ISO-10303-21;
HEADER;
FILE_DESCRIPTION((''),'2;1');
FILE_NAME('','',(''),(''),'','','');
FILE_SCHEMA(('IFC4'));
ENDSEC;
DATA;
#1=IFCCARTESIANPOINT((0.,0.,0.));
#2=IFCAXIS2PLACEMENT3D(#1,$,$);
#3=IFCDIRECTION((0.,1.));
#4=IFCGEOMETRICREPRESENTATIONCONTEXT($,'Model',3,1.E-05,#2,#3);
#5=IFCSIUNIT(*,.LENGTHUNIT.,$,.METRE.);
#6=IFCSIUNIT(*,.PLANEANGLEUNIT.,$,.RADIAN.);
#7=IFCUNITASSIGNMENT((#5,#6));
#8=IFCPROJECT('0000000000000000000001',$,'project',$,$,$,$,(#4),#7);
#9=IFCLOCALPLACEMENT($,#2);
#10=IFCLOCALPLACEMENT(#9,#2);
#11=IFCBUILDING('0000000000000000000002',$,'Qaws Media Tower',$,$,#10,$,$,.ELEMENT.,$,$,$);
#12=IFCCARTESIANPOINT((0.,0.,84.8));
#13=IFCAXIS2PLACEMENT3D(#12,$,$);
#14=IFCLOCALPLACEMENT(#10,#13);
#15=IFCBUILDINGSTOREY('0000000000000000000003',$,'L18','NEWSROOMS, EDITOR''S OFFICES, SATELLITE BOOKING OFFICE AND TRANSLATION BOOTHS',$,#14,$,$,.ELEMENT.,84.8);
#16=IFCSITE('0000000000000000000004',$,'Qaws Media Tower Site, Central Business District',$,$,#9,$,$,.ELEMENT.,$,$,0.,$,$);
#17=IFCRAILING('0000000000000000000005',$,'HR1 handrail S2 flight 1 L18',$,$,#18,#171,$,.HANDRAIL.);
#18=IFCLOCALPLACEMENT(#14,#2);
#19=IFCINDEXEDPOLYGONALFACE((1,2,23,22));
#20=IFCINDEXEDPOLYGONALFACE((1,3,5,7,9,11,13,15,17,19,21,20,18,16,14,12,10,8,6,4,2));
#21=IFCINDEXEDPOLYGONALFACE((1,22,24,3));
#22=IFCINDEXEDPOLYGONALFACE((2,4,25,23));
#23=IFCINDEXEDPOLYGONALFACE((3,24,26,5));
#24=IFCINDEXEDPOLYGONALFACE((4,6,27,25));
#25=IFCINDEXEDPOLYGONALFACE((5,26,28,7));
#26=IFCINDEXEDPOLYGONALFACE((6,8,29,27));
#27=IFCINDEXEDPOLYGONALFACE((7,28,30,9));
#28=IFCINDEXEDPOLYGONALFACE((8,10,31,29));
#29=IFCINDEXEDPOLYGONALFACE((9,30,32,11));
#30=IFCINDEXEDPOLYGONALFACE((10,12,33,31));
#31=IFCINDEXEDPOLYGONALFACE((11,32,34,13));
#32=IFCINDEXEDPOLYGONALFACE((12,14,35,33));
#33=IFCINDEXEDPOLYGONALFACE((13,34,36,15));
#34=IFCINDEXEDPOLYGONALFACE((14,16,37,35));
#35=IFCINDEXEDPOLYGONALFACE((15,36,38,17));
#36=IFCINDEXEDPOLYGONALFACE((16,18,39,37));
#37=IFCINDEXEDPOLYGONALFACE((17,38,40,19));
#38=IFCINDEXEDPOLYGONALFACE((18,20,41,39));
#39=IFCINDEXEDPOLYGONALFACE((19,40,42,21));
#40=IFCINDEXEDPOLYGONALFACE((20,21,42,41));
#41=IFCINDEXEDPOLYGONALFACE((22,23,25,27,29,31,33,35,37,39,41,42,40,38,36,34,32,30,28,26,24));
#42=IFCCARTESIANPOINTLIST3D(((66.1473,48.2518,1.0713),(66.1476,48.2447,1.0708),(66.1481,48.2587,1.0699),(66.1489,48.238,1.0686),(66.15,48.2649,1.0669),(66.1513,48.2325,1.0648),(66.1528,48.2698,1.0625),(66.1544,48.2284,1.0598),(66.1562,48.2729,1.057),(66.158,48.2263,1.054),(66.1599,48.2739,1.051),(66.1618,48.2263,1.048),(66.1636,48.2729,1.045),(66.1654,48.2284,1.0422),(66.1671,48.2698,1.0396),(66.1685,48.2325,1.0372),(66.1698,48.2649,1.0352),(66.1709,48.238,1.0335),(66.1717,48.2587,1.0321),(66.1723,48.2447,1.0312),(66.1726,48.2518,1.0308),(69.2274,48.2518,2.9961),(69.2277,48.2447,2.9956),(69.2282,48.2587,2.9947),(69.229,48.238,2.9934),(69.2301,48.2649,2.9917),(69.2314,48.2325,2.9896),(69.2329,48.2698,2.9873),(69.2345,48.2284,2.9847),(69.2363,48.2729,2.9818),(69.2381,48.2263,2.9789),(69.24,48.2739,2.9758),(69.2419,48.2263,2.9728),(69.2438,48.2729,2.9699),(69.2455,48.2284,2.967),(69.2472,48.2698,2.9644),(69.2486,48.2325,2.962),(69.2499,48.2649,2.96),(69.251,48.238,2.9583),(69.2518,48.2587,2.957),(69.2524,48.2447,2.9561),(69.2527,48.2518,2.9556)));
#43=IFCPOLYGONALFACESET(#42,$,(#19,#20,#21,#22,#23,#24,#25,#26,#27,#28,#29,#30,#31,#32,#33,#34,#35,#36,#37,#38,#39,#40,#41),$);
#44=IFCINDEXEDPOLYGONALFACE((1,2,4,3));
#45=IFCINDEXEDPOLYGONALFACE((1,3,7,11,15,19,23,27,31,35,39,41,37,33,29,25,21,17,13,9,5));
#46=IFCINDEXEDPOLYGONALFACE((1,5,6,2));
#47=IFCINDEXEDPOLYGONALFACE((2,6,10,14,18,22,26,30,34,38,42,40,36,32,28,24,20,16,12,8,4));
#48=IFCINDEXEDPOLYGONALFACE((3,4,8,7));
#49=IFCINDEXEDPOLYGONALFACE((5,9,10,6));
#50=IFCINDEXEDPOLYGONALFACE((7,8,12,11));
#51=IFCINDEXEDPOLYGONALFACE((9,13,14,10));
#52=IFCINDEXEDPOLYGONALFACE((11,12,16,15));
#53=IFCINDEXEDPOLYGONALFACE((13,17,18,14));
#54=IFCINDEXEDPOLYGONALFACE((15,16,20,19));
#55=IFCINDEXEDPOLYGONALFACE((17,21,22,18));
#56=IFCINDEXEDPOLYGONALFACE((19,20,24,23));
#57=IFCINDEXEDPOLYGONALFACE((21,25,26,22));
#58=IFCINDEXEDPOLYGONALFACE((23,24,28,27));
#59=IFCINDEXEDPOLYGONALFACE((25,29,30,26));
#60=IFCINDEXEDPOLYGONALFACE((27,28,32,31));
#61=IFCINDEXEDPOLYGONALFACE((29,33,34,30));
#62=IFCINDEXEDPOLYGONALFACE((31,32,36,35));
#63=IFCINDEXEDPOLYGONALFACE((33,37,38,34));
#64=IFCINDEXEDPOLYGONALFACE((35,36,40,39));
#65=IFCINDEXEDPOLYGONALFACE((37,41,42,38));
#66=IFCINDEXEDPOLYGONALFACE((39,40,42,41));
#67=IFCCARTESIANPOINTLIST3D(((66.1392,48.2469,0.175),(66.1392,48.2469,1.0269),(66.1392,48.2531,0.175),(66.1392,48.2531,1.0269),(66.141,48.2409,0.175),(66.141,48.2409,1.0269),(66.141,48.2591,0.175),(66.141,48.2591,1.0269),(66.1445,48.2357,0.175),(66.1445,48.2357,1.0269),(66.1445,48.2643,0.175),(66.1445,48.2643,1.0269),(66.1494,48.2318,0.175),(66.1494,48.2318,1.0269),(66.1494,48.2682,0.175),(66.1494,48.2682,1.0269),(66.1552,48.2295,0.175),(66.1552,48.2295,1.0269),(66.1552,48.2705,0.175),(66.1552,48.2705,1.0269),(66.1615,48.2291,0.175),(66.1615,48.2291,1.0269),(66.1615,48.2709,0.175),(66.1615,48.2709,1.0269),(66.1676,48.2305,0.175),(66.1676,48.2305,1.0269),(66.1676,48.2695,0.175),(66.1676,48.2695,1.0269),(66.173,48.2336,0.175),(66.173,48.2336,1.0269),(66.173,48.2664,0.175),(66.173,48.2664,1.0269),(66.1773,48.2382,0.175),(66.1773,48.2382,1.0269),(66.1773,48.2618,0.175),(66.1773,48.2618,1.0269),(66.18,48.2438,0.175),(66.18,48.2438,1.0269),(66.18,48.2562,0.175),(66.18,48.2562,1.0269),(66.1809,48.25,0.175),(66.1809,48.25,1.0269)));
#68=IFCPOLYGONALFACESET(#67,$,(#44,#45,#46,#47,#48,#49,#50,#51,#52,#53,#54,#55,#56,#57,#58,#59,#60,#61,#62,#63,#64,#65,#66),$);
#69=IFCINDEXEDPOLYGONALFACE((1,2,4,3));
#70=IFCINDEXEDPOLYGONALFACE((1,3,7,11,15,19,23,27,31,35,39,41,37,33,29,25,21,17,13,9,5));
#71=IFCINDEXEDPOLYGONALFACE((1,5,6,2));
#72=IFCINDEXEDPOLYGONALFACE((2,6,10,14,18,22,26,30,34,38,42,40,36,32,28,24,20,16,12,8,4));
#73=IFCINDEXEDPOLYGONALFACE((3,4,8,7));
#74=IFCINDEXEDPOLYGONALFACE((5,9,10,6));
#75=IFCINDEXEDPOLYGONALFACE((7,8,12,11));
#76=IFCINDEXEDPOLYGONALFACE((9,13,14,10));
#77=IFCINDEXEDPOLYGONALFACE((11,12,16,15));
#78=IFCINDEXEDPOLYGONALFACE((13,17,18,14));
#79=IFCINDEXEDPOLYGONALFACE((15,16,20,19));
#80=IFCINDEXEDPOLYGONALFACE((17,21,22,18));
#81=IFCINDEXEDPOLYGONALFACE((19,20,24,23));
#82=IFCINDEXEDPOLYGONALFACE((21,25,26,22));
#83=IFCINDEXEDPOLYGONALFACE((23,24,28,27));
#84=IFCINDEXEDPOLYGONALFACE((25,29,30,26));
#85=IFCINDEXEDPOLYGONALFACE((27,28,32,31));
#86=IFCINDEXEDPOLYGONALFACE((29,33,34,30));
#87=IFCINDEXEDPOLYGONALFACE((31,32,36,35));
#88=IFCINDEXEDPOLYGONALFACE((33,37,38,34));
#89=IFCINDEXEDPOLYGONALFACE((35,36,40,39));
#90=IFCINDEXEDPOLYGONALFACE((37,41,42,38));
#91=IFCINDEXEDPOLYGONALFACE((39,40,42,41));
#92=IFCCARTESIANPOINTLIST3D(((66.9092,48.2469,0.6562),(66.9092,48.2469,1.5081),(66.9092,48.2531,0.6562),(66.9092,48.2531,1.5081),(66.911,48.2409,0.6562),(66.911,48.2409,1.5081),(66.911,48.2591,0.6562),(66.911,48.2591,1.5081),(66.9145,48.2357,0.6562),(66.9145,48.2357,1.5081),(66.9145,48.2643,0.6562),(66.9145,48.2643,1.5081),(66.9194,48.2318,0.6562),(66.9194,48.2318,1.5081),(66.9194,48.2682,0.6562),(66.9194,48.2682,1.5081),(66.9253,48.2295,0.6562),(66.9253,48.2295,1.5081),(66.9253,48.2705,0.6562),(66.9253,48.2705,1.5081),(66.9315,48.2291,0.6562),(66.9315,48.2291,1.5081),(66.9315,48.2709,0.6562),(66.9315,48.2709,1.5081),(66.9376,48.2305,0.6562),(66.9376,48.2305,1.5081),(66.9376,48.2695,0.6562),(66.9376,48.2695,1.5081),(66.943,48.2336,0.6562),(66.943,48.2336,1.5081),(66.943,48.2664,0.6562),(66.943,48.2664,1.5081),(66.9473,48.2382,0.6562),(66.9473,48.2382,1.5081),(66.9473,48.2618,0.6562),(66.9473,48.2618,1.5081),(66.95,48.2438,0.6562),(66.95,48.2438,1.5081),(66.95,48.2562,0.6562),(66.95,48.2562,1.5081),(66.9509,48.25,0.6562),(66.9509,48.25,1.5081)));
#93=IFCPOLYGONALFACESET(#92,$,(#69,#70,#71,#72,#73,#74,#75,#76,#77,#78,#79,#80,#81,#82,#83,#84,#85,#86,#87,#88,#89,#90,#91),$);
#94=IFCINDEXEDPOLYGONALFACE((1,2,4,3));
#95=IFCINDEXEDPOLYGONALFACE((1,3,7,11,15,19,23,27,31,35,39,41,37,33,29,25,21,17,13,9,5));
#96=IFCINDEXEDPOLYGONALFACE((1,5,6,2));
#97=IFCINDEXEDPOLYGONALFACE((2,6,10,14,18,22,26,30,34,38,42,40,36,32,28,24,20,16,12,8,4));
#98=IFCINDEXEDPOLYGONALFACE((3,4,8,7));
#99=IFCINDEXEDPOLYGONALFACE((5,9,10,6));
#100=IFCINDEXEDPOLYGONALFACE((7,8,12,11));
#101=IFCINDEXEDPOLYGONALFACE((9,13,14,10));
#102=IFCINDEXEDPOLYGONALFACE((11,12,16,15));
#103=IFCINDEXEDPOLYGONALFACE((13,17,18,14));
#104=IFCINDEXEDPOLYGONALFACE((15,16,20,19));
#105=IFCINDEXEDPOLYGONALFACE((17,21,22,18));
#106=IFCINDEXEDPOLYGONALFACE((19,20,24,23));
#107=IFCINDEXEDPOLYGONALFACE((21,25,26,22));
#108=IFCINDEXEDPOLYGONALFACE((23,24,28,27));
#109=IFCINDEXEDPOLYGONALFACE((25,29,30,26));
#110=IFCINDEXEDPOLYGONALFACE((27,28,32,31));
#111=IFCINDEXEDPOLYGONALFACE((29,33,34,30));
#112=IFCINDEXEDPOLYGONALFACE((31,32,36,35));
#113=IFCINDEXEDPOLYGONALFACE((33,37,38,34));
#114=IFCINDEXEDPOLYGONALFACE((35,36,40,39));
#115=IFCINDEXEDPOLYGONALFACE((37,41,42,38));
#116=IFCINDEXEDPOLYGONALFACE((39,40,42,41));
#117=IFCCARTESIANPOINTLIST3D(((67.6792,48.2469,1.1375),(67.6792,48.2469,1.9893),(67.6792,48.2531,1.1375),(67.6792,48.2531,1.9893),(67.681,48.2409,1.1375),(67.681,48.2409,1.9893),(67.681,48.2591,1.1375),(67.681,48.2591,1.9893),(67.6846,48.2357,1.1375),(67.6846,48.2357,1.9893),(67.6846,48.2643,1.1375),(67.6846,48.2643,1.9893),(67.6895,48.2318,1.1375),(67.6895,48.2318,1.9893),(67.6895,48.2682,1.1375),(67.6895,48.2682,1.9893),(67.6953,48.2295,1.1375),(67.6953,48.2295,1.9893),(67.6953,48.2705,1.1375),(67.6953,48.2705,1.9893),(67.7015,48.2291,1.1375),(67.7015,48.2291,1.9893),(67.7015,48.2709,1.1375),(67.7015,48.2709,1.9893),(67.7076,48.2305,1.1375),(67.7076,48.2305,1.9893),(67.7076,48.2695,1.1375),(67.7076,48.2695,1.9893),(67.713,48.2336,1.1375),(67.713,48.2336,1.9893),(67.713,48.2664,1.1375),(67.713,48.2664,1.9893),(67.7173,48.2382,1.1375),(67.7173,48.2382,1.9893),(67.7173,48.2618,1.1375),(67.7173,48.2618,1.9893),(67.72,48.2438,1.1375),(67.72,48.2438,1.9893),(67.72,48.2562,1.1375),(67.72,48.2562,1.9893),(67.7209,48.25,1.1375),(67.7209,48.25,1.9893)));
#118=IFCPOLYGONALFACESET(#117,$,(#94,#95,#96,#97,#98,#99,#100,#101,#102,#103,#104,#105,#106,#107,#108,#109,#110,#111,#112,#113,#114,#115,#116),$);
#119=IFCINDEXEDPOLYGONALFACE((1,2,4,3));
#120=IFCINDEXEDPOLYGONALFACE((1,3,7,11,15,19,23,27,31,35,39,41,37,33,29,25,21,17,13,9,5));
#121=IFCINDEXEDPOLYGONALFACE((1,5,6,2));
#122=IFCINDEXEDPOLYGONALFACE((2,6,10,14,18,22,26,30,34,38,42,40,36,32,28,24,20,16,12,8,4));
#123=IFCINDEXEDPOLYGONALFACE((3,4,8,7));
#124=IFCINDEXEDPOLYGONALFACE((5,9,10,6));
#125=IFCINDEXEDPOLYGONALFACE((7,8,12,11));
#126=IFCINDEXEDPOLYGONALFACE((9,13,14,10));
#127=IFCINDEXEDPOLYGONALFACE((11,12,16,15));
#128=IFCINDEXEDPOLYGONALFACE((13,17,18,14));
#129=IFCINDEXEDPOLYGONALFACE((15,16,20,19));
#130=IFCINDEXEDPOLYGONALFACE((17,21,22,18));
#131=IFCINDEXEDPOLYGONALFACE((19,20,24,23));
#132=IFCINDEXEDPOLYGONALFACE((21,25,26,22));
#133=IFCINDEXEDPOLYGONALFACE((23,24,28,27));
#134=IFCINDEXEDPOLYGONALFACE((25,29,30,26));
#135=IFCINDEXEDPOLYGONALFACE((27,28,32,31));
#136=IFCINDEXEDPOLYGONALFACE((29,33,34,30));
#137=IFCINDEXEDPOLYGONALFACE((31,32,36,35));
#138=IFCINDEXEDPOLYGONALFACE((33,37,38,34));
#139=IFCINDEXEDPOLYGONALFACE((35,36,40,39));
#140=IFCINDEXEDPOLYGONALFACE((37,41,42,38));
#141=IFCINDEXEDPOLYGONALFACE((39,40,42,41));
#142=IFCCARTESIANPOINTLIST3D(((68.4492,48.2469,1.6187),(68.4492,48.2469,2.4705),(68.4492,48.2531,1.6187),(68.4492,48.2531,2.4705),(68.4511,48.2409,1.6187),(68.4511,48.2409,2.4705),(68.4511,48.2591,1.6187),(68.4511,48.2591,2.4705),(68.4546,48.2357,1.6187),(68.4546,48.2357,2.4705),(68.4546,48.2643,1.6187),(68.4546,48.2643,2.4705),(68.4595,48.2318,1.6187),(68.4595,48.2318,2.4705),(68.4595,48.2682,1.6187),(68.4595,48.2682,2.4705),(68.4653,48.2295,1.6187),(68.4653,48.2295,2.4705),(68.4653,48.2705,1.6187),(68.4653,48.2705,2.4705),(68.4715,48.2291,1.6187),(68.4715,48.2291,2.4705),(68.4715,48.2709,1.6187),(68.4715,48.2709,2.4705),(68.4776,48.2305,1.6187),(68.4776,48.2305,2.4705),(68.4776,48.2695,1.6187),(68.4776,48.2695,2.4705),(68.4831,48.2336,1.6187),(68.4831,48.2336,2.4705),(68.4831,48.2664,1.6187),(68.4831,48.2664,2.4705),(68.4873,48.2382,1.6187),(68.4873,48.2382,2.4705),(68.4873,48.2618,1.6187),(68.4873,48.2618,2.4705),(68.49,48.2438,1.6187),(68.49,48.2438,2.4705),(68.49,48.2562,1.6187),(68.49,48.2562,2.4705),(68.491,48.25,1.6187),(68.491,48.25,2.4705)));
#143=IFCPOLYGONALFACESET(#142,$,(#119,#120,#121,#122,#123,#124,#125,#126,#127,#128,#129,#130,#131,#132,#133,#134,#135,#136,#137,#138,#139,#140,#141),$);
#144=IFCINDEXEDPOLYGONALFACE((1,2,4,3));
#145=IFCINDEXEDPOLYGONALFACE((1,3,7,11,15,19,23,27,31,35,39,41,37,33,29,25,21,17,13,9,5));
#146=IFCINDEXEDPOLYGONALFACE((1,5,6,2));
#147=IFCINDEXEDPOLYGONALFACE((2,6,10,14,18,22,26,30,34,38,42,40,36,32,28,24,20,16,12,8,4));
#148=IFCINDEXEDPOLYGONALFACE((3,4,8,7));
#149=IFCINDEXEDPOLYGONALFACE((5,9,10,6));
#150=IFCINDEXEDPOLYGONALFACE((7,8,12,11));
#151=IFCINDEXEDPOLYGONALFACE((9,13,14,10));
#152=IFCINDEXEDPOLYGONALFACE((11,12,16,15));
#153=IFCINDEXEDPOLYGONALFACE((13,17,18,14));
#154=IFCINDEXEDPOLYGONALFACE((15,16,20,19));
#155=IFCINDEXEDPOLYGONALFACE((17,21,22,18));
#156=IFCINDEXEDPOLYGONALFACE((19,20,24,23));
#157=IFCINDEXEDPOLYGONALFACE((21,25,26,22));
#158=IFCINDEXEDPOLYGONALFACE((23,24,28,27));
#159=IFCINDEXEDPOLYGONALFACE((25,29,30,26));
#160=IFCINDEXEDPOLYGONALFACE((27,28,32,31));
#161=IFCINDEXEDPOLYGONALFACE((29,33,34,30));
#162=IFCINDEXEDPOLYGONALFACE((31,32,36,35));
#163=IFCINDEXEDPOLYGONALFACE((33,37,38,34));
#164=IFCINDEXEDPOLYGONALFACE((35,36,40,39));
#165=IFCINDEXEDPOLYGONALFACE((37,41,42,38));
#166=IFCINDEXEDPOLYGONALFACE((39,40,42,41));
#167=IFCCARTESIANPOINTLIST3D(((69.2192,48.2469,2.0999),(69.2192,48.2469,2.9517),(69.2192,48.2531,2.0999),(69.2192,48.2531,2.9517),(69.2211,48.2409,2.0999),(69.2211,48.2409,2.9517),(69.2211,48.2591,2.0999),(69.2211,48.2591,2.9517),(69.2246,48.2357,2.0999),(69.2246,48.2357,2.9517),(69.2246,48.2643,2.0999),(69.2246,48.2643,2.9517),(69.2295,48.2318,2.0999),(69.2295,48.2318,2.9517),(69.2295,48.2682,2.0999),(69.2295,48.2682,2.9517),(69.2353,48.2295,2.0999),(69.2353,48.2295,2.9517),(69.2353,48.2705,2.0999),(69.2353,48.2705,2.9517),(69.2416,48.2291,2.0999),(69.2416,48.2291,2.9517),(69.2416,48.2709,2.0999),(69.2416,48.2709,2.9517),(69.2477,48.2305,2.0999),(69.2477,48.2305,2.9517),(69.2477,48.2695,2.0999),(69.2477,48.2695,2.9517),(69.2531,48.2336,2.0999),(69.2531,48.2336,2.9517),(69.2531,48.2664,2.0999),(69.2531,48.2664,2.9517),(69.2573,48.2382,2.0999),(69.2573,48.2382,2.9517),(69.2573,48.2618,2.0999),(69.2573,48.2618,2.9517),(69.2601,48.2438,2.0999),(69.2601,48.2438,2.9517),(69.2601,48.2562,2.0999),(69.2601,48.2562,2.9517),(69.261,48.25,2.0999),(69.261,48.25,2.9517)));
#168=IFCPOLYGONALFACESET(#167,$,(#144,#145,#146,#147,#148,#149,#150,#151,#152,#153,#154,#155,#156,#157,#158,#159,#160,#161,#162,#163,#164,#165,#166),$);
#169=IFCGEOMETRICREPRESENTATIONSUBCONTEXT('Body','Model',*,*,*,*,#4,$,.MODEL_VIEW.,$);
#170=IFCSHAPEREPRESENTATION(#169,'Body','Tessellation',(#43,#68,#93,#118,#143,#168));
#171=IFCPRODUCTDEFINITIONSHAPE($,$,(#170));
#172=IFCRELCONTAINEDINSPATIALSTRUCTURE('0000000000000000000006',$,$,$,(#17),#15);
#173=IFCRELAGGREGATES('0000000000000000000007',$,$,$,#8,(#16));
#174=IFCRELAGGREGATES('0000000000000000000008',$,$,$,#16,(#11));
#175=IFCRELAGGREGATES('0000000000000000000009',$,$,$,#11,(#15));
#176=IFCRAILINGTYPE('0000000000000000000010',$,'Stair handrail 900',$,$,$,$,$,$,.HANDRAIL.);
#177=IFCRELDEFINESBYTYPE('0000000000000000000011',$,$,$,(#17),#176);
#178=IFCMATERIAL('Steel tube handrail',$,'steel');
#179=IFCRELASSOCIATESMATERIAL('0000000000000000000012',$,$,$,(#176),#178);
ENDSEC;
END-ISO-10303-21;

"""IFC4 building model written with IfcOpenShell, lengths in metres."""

from ifc_helpers import new_model, si_unit, direction, frame, origin, origin_2d, place, context, subcontext, project, spatial, circle, extrude, material, type_object, element, save


model = new_model("IFC4")

# Units and contexts
model_context = context("Model", 3, precision=1e-05, world=origin(), true_north=direction((0.0, 1.0)))
body_context = subcontext(model_context, "Body", "Model", "MODEL_VIEW")
ifc_project = project(units=[si_unit("LENGTHUNIT", "METRE"), si_unit("PLANEANGLEUNIT", "RADIAN")], contexts=[model_context])

# Site, building, storey
site_placement = place(None, origin())
site = spatial("IfcSite", under=ifc_project, at=site_placement, Name="Qaws Media Tower Site, Central Business District", CompositionType="ELEMENT", RefElevation=0.0)
building_placement = place(site_placement, origin())
building = spatial("IfcBuilding", under=site, at=building_placement, Name="Qaws Media Tower", CompositionType="ELEMENT")
storey_placement = place(building_placement, frame((0.0, 0.0, 84.8)))
storey = spatial("IfcBuildingStorey", under=building, at=storey_placement, Name="L18", Description="NEWSROOMS, EDITOR'S OFFICES, SATELLITE BOOKING OFFICE AND TRANSLATION BOOTHS", CompositionType="ELEMENT", Elevation=84.8)

# Railing
ifc_material_1 = material(Name="Steel tube handrail", Category="steel")
railing_type = type_object("IfcRailingType", Name="Stair handrail 900", PredefinedType="HANDRAIL", material=ifc_material_1)
for number, where, name in (
    (1, (66.1599, 48.25, 0.175), "HR1 handrail S2 flight 1 L18"),
):
    element("IfcRailing", number, at=place(storey_placement, frame(where)), inside=storey, type_object=railing_type, Name=name, PredefinedType="HANDRAIL", context=body_context, shape_type="SweptSolid", body=[
        extrude(circle(Radius=0.0239, at=origin_2d()), frame((0.0, 0.0, 0.876), z_axis=(0.848029, 0.0, 0.529951), x_axis=(0.0, 1.0, 0.0)), (0.0, 0.0, 1.0), 3.6321),
        extrude(circle(Radius=0.021, at=origin_2d()), origin(), (0.0, 0.0, 1.0), 0.8518),
        extrude(circle(Radius=0.021, at=origin_2d()), frame((0.77, 0.0, 0.4812)), (0.0, 0.0, 1.0), 0.8518),
        extrude(circle(Radius=0.021, at=origin_2d()), frame((1.54, 0.0, 0.9624)), (0.0, 0.0, 1.0), 0.8518),
        extrude(circle(Radius=0.021, at=origin_2d()), frame((2.3101, 0.0, 1.4436)), (0.0, 0.0, 1.0), 0.8518),
        extrude(circle(Radius=0.021, at=origin_2d()), frame((3.0801, 0.0, 1.9248)), (0.0, 0.0, 1.0), 0.8518),
    ])

save(model, "model.ifc")
